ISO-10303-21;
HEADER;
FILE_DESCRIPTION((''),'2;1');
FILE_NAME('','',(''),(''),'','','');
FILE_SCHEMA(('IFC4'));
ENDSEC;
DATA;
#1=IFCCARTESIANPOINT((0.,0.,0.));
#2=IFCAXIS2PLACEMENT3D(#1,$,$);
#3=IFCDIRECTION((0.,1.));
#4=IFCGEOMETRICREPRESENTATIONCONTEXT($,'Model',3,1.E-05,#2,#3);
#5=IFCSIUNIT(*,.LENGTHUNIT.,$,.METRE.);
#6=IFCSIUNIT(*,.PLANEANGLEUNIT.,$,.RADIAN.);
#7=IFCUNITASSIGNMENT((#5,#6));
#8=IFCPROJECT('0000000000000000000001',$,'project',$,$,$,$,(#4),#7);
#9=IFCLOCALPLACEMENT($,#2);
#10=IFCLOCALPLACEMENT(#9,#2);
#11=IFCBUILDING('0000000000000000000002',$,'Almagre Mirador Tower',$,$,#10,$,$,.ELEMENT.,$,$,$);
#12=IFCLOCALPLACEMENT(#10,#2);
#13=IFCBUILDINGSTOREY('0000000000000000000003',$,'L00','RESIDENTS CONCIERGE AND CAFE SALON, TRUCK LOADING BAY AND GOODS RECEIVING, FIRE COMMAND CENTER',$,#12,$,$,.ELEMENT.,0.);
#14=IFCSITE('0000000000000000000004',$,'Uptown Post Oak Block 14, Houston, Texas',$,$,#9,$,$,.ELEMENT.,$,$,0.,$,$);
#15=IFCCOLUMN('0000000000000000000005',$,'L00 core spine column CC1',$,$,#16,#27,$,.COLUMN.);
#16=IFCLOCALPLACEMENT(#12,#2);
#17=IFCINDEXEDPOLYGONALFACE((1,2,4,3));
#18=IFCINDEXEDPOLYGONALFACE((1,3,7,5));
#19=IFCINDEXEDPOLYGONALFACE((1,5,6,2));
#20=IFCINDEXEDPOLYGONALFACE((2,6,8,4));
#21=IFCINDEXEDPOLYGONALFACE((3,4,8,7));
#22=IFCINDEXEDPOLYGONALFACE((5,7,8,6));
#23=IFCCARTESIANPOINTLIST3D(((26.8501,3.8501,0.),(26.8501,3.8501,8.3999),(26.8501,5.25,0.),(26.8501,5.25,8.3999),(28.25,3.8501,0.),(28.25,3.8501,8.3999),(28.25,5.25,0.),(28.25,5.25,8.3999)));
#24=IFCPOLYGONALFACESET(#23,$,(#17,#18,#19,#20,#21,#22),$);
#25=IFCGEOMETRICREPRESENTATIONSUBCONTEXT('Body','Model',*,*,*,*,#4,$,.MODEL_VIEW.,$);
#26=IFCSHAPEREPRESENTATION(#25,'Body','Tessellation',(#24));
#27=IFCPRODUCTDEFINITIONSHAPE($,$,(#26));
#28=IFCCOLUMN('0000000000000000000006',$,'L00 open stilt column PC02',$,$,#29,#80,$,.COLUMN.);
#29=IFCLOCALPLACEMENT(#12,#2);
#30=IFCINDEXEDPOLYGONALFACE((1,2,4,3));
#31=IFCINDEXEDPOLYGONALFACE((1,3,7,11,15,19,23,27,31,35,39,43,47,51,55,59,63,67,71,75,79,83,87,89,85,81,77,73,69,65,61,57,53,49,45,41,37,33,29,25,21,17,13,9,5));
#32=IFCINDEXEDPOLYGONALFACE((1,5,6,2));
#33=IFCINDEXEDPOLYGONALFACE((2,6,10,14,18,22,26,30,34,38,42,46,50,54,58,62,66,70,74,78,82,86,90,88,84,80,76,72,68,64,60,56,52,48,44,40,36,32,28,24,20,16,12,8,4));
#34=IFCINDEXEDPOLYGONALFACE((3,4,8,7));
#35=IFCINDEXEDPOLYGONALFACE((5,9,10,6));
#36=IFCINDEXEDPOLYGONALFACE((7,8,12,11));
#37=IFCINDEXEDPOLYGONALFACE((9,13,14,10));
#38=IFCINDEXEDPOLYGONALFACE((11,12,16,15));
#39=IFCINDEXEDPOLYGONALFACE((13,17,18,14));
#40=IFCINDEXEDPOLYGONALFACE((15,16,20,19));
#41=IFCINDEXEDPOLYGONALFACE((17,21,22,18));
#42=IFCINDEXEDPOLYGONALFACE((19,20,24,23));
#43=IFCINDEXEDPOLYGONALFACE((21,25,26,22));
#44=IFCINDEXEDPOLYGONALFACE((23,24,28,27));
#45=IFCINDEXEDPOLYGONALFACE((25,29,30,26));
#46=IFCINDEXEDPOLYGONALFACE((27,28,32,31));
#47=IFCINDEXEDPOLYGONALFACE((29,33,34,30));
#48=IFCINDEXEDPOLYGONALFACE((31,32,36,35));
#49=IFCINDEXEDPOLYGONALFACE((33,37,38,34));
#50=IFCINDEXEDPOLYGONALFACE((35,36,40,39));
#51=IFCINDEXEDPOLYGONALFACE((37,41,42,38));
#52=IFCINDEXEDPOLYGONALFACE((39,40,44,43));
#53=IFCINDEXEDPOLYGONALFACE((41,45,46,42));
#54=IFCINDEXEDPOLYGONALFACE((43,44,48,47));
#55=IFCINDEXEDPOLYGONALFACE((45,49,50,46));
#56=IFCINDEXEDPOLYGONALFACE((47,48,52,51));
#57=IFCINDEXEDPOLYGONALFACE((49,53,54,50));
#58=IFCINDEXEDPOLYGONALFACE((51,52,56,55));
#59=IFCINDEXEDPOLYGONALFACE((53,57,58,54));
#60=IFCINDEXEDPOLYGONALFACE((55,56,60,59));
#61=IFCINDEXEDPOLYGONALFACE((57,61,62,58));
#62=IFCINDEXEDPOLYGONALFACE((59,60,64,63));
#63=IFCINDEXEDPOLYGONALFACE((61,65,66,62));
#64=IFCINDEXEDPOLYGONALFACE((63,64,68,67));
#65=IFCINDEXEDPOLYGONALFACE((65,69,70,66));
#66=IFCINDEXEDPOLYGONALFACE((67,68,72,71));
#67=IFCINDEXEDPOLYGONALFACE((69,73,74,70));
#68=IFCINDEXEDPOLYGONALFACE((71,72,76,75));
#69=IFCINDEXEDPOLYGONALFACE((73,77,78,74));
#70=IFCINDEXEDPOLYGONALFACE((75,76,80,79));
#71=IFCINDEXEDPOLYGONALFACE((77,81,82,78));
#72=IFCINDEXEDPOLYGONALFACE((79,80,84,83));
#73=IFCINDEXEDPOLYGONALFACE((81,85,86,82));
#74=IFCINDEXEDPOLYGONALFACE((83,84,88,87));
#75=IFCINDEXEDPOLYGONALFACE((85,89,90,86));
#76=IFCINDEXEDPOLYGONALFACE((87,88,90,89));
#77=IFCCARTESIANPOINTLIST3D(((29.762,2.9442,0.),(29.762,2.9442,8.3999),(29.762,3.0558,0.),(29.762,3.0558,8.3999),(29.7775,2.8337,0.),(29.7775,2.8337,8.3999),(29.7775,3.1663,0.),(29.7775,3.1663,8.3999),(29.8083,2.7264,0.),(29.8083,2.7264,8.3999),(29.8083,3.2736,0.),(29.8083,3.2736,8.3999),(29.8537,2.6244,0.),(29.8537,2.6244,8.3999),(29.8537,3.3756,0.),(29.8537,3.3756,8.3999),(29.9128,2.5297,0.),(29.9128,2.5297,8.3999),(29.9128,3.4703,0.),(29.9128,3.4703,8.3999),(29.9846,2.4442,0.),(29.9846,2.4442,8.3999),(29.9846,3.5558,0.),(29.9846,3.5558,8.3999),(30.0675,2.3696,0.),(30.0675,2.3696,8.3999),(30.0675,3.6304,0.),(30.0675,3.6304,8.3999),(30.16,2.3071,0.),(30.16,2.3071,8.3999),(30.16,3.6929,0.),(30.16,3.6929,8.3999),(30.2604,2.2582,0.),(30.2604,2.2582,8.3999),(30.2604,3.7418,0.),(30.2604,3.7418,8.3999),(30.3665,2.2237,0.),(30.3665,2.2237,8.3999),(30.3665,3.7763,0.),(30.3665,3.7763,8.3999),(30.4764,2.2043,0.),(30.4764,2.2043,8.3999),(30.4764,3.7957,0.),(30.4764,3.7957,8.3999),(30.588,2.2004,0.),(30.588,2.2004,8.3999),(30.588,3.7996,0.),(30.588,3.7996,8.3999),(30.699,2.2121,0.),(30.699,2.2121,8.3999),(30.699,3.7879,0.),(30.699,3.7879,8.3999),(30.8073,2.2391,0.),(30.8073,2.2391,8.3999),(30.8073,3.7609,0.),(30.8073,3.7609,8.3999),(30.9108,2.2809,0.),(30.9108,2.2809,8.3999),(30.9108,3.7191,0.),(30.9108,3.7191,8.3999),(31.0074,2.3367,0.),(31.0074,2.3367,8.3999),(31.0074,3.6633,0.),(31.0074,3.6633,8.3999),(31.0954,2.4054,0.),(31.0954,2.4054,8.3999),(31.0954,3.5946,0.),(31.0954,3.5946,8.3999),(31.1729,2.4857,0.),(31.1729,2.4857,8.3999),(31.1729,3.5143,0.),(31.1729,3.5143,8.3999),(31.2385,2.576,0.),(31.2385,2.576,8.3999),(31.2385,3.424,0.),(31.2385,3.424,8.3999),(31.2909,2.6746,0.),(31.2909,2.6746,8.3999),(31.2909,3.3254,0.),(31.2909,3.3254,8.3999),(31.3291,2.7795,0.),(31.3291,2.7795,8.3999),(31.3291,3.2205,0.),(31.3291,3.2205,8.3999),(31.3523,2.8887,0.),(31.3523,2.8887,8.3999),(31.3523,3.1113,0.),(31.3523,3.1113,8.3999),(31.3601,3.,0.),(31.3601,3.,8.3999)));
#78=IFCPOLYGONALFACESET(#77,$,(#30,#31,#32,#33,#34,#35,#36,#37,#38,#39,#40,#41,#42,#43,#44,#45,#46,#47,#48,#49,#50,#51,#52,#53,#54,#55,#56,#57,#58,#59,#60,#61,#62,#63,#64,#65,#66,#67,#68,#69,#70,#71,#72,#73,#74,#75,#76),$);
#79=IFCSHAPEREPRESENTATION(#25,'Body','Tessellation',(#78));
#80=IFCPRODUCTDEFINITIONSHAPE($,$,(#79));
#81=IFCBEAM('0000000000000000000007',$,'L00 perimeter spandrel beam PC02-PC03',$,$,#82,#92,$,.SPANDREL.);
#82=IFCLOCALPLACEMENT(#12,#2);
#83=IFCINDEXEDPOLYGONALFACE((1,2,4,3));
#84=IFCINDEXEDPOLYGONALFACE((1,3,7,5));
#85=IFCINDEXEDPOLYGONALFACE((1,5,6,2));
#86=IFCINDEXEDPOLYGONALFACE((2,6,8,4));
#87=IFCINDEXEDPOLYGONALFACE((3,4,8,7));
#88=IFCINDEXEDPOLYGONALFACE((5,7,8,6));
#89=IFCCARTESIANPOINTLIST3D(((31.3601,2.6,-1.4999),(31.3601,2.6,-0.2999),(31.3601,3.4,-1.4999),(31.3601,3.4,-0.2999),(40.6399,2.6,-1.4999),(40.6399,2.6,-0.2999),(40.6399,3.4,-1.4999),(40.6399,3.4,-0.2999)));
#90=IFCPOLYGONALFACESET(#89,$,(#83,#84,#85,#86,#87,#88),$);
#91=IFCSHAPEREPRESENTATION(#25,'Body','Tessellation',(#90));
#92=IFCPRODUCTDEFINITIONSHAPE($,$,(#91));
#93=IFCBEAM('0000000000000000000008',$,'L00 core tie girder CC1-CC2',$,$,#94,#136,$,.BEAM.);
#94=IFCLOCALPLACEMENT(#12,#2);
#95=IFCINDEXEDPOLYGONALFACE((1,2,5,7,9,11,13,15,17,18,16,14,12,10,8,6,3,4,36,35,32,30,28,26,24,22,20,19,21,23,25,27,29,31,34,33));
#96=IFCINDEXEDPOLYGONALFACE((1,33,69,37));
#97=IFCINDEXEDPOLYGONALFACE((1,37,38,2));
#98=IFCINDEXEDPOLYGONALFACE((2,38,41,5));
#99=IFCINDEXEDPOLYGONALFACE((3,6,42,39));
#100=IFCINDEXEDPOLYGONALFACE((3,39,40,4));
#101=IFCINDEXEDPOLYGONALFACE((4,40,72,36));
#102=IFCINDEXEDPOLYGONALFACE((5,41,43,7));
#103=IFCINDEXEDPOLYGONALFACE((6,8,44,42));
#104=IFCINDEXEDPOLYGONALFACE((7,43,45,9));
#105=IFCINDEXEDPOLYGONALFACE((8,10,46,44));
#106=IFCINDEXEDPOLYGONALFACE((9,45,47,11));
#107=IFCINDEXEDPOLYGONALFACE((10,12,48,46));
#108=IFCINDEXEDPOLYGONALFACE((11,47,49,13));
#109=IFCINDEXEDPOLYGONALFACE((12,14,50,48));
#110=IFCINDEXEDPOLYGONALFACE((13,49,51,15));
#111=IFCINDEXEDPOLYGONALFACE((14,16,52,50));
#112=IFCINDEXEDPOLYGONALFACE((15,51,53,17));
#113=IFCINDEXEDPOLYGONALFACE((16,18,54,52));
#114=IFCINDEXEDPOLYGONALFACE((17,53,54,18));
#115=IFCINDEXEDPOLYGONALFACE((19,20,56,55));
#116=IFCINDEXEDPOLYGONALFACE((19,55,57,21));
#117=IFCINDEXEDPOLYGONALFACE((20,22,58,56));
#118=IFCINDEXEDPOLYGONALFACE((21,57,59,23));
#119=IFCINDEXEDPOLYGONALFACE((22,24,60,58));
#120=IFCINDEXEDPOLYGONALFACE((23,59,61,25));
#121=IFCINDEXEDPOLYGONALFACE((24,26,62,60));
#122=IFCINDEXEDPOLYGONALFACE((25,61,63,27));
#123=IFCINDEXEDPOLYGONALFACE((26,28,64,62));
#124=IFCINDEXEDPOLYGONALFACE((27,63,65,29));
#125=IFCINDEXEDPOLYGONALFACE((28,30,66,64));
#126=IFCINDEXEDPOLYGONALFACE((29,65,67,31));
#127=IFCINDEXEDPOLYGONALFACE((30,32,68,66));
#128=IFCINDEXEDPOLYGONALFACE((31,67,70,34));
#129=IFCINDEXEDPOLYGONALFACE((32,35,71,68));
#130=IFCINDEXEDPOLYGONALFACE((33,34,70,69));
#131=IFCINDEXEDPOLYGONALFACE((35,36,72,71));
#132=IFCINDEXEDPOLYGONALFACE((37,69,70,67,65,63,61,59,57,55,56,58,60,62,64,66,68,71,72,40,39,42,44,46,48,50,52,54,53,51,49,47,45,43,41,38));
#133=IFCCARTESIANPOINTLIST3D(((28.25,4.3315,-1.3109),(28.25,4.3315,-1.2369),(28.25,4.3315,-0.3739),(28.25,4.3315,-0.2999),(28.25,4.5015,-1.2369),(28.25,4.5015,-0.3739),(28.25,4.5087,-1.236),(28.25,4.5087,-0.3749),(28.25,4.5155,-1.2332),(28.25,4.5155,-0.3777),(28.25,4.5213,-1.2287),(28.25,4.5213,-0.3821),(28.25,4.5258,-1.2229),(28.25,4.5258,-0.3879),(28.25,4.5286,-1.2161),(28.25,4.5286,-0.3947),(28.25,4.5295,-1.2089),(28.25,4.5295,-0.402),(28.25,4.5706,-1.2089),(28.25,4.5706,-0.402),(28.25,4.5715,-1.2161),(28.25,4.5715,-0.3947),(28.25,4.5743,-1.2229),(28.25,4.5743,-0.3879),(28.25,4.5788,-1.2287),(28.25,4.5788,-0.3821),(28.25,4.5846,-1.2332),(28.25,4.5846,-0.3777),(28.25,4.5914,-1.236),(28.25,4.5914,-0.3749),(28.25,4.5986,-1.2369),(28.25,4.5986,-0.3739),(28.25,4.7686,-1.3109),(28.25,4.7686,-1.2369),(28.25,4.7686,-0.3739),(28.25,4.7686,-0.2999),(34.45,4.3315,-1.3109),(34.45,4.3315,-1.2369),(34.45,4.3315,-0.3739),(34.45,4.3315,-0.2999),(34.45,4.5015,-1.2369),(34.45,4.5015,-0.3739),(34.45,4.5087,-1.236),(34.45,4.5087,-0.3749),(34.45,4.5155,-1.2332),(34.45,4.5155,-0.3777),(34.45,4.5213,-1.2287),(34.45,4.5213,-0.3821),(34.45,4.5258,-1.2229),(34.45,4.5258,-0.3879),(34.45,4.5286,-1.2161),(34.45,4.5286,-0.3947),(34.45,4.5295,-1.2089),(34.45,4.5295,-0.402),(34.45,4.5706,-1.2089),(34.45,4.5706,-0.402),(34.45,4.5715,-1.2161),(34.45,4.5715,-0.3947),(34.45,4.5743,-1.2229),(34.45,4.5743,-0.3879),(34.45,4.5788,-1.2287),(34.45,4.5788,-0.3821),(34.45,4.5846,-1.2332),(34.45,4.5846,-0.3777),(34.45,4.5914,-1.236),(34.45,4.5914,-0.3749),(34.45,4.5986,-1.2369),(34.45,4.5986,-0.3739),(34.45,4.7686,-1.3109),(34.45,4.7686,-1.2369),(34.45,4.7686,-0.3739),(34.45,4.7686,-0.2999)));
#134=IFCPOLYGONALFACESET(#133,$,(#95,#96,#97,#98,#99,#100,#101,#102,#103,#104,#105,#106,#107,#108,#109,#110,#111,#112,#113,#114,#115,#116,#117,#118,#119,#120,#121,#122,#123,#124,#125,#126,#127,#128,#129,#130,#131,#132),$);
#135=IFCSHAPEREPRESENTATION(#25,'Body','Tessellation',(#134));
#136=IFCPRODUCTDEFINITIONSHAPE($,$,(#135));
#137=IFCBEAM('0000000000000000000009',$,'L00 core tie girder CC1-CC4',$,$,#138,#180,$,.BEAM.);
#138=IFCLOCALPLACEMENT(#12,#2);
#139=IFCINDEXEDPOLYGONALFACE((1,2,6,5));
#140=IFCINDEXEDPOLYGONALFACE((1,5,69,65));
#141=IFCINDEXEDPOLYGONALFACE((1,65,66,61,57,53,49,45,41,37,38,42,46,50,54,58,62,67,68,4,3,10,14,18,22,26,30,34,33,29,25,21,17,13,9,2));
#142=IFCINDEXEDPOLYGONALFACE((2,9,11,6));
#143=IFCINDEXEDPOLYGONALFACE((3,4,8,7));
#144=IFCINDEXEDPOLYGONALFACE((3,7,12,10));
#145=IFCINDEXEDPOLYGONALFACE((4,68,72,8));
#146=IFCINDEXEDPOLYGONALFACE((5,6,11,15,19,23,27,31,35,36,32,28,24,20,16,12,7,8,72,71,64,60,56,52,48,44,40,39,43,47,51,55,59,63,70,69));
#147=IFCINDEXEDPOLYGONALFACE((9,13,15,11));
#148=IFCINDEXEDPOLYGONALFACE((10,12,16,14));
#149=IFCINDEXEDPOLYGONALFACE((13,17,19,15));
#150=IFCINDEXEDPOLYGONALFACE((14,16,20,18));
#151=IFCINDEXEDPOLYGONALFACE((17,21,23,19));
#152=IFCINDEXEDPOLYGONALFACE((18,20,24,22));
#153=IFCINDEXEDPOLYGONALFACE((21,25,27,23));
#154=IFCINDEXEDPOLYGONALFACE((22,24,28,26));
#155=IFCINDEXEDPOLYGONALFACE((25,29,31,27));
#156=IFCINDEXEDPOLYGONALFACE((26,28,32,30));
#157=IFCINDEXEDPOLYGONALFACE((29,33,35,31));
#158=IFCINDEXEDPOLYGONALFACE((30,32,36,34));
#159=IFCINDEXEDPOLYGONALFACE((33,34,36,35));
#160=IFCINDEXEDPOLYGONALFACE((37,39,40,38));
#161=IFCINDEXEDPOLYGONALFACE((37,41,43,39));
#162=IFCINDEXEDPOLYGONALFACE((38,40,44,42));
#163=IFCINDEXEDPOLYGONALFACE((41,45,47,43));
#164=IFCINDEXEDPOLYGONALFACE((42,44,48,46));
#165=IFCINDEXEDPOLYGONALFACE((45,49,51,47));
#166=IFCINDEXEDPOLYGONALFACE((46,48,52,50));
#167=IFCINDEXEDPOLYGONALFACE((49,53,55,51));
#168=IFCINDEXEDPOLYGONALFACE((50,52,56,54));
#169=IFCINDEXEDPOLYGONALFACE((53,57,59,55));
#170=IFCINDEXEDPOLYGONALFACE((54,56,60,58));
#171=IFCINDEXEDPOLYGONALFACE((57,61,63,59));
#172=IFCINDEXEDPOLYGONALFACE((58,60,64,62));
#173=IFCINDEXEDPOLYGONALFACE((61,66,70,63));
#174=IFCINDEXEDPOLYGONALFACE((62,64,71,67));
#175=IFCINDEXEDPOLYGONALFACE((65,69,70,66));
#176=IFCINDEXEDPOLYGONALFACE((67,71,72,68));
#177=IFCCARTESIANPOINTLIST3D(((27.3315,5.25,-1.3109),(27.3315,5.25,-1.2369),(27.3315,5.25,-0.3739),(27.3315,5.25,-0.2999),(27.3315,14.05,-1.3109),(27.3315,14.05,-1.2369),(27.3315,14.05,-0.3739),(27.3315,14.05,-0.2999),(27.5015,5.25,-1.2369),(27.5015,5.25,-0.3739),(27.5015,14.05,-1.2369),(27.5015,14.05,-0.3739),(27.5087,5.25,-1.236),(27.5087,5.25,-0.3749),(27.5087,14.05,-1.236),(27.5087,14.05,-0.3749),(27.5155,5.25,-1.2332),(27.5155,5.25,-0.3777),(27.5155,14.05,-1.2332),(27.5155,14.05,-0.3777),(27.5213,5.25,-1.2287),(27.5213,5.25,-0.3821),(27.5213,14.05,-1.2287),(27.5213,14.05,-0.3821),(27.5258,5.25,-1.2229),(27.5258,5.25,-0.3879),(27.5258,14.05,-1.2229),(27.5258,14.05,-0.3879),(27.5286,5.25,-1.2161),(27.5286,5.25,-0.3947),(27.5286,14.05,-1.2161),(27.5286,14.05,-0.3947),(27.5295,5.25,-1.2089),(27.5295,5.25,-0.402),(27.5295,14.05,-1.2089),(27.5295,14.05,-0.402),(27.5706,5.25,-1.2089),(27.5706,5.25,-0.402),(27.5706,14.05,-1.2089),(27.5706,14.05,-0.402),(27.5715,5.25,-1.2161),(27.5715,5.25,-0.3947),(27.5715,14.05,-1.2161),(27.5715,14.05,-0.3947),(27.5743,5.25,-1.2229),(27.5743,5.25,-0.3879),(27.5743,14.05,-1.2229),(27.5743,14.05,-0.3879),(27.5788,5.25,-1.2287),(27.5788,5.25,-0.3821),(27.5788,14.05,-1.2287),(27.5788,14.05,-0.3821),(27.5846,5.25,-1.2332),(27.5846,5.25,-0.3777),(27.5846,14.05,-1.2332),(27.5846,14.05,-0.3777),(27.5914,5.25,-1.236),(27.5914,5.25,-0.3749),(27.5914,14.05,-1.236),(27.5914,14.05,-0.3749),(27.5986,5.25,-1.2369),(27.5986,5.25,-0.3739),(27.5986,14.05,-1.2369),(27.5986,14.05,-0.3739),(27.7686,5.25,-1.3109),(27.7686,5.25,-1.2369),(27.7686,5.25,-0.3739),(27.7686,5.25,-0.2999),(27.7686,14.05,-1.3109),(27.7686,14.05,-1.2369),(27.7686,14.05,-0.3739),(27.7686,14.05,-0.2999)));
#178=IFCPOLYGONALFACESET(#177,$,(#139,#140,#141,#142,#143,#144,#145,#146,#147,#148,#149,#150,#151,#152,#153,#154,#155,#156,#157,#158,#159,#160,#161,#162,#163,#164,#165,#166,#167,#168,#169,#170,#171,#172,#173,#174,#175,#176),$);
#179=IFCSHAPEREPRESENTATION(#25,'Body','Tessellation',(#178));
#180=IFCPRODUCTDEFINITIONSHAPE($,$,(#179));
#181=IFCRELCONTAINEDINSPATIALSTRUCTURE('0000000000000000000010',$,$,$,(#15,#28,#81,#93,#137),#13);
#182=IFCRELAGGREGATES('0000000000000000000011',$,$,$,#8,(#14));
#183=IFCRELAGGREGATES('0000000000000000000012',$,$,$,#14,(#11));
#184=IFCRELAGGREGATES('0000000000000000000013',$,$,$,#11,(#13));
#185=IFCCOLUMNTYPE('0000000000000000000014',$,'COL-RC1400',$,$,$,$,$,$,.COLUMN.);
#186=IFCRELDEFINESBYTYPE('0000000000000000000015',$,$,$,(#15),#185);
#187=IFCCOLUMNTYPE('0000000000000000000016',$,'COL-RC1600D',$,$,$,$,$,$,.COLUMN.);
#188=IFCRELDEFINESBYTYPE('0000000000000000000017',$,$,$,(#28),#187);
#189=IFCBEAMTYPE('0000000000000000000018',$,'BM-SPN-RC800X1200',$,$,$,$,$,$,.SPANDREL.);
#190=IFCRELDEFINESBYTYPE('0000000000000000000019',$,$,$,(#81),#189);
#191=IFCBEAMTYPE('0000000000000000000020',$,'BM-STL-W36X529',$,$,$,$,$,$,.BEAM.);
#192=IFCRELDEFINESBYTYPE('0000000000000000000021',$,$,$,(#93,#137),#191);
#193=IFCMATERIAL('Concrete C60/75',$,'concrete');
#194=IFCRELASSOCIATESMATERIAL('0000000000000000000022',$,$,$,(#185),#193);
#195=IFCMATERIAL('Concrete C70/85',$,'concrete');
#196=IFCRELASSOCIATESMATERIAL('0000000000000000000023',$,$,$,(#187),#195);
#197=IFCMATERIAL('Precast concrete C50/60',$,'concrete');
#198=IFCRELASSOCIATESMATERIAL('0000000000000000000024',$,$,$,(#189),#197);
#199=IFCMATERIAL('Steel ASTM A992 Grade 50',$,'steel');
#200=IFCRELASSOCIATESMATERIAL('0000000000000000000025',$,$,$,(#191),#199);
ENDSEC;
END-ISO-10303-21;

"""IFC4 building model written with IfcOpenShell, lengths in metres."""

from ifc_helpers import new_model, si_unit, direction, frame, origin, origin_2d, place, context, subcontext, project, spatial, rectangle, circle, i_section, extrude, material, material_profile, profile_set, type_object, element, save


model = new_model("IFC4")

# Units and contexts
model_context = context("Model", 3, precision=1e-05, world=origin(), true_north=direction((0.0, 1.0)))
body_context = subcontext(model_context, "Body", "Model", "MODEL_VIEW")
ifc_project = project(units=[si_unit("LENGTHUNIT", "METRE"), si_unit("PLANEANGLEUNIT", "RADIAN")], contexts=[model_context])

# Site, building, storey
site_placement = place(None, origin())
site = spatial("IfcSite", under=ifc_project, at=site_placement, Name="Uptown Post Oak Block 14, Houston, Texas", CompositionType="ELEMENT", RefElevation=0.0)
building_placement = place(site_placement, origin())
building = spatial("IfcBuilding", under=site, at=building_placement, Name="Almagre Mirador Tower", CompositionType="ELEMENT")
storey_placement = place(building_placement, origin())
storey = spatial("IfcBuildingStorey", under=building, at=storey_placement, Name="L00", Description="RESIDENTS CONCIERGE AND CAFE SALON, TRUCK LOADING BAY AND GOODS RECEIVING, FIRE COMMAND CENTER", CompositionType="ELEMENT", Elevation=0.0)

# Columns
ifc_material_1 = material(Name="Concrete C60/75", Category="concrete")
ifc_material_profile_1 = material_profile(ifc_material_1, rectangle(XDim=1.3999, YDim=1.3999, at=origin_2d()), Name="RC1400X1400")
ifc_profile_set_1 = profile_set([ifc_material_profile_1], Name="Concrete C60/75")
column_type_1 = type_object("IfcColumnType", Name="COL-RC1400", PredefinedType="COLUMN", material=ifc_profile_set_1)
column_1_placement = place(storey_placement, frame((27.55, 4.55, 0.0), z_axis=(0.0, 0.0, 1.0), x_axis=(1.0, 0.0, 0.0)))
element("IfcColumn", 1, at=column_1_placement, inside=storey, type_object=column_type_1, Name="L00 core spine column CC1", PredefinedType="COLUMN", context=body_context, shape_type="SweptSolid", body=[
    extrude(rectangle(XDim=1.3999, YDim=1.3999, at=origin_2d()), origin(), (0.0, 0.0, 1.0), 8.3999),
])
ifc_material_2 = material(Name="Concrete C70/85", Category="concrete")
ifc_material_profile_2 = material_profile(ifc_material_2, circle(Radius=0.8, at=origin_2d()), Name="RC1600D")
ifc_profile_set_2 = profile_set([ifc_material_profile_2], Name="Concrete C70/85")
column_type_2 = type_object("IfcColumnType", Name="COL-RC1600D", PredefinedType="COLUMN", material=ifc_profile_set_2)
column_2_placement = place(storey_placement, frame((30.5601, 3.0, 0.0), z_axis=(0.0, 0.0, 1.0), x_axis=(1.0, 0.0, 0.0)))
element("IfcColumn", 2, at=column_2_placement, inside=storey, type_object=column_type_2, Name="L00 open stilt column PC02", PredefinedType="COLUMN", context=body_context, shape_type="SweptSolid", body=[
    extrude(circle(Radius=0.8, at=origin_2d()), origin(), (0.0, 0.0, 1.0), 8.3999),
])

# Beams
ifc_material_3 = material(Name="Precast concrete C50/60", Category="concrete")
ifc_material_profile_3 = material_profile(ifc_material_3, rectangle(XDim=0.8, YDim=1.2, at=origin_2d()), Name="RC800X1200")
ifc_profile_set_3 = profile_set([ifc_material_profile_3], Name="Precast concrete C50/60")
beam_type_1 = type_object("IfcBeamType", Name="BM-SPN-RC800X1200", PredefinedType="SPANDREL", material=ifc_profile_set_3)
beam_1_placement = place(storey_placement, frame((31.3601, 3.0, -0.8999), z_axis=(1.0, 0.0, 0.0), x_axis=(0.0, 1.0, 0.0)))
element("IfcBeam", 3, at=beam_1_placement, inside=storey, type_object=beam_type_1, Name="L00 perimeter spandrel beam PC02-PC03", PredefinedType="SPANDREL", context=body_context, shape_type="SweptSolid", body=[
    extrude(rectangle(XDim=0.8, YDim=1.2, at=origin_2d()), origin(), (0.0, 0.0, 1.0), 9.2798),
])
ifc_material_4 = material(Name="Steel ASTM A992 Grade 50", Category="steel")
ifc_material_profile_4 = material_profile(ifc_material_4, i_section(OverallWidth=0.437, OverallDepth=1.011, WebThickness=0.041, FlangeThickness=0.074, FilletRadius=0.0281, at=origin_2d()), Name="W36X529")
ifc_profile_set_4 = profile_set([ifc_material_profile_4], Name="Steel ASTM A992 Grade 50")
beam_type_2 = type_object("IfcBeamType", Name="BM-STL-W36X529", PredefinedType="BEAM", material=ifc_profile_set_4)
beam_2_placement = place(storey_placement, frame((28.25, 4.55, -0.8054), z_axis=(1.0, 0.0, 0.0), x_axis=(0.0, 1.0, 0.0)))
element("IfcBeam", 4, at=beam_2_placement, inside=storey, type_object=beam_type_2, Name="L00 core tie girder CC1-CC2", PredefinedType="BEAM", context=body_context, shape_type="SweptSolid", body=[
    extrude(i_section(OverallWidth=0.437, OverallDepth=1.011, WebThickness=0.041, FlangeThickness=0.074, FilletRadius=0.0281, at=origin_2d()), origin(), (0.0, 0.0, 1.0), 6.2),
])
beam_3_placement = place(storey_placement, frame((27.55, 5.25, -0.8054), z_axis=(0.0, 1.0, 0.0), x_axis=(-1.0, 0.0, 0.0)))
element("IfcBeam", 5, at=beam_3_placement, inside=storey, type_object=beam_type_2, Name="L00 core tie girder CC1-CC4", PredefinedType="BEAM", context=body_context, shape_type="SweptSolid", body=[
    extrude(i_section(OverallWidth=0.437, OverallDepth=1.011, WebThickness=0.041, FlangeThickness=0.074, FilletRadius=0.0281, at=origin_2d()), origin(), (0.0, 0.0, 1.0), 8.8),
])

save(model, "model.ifc")
